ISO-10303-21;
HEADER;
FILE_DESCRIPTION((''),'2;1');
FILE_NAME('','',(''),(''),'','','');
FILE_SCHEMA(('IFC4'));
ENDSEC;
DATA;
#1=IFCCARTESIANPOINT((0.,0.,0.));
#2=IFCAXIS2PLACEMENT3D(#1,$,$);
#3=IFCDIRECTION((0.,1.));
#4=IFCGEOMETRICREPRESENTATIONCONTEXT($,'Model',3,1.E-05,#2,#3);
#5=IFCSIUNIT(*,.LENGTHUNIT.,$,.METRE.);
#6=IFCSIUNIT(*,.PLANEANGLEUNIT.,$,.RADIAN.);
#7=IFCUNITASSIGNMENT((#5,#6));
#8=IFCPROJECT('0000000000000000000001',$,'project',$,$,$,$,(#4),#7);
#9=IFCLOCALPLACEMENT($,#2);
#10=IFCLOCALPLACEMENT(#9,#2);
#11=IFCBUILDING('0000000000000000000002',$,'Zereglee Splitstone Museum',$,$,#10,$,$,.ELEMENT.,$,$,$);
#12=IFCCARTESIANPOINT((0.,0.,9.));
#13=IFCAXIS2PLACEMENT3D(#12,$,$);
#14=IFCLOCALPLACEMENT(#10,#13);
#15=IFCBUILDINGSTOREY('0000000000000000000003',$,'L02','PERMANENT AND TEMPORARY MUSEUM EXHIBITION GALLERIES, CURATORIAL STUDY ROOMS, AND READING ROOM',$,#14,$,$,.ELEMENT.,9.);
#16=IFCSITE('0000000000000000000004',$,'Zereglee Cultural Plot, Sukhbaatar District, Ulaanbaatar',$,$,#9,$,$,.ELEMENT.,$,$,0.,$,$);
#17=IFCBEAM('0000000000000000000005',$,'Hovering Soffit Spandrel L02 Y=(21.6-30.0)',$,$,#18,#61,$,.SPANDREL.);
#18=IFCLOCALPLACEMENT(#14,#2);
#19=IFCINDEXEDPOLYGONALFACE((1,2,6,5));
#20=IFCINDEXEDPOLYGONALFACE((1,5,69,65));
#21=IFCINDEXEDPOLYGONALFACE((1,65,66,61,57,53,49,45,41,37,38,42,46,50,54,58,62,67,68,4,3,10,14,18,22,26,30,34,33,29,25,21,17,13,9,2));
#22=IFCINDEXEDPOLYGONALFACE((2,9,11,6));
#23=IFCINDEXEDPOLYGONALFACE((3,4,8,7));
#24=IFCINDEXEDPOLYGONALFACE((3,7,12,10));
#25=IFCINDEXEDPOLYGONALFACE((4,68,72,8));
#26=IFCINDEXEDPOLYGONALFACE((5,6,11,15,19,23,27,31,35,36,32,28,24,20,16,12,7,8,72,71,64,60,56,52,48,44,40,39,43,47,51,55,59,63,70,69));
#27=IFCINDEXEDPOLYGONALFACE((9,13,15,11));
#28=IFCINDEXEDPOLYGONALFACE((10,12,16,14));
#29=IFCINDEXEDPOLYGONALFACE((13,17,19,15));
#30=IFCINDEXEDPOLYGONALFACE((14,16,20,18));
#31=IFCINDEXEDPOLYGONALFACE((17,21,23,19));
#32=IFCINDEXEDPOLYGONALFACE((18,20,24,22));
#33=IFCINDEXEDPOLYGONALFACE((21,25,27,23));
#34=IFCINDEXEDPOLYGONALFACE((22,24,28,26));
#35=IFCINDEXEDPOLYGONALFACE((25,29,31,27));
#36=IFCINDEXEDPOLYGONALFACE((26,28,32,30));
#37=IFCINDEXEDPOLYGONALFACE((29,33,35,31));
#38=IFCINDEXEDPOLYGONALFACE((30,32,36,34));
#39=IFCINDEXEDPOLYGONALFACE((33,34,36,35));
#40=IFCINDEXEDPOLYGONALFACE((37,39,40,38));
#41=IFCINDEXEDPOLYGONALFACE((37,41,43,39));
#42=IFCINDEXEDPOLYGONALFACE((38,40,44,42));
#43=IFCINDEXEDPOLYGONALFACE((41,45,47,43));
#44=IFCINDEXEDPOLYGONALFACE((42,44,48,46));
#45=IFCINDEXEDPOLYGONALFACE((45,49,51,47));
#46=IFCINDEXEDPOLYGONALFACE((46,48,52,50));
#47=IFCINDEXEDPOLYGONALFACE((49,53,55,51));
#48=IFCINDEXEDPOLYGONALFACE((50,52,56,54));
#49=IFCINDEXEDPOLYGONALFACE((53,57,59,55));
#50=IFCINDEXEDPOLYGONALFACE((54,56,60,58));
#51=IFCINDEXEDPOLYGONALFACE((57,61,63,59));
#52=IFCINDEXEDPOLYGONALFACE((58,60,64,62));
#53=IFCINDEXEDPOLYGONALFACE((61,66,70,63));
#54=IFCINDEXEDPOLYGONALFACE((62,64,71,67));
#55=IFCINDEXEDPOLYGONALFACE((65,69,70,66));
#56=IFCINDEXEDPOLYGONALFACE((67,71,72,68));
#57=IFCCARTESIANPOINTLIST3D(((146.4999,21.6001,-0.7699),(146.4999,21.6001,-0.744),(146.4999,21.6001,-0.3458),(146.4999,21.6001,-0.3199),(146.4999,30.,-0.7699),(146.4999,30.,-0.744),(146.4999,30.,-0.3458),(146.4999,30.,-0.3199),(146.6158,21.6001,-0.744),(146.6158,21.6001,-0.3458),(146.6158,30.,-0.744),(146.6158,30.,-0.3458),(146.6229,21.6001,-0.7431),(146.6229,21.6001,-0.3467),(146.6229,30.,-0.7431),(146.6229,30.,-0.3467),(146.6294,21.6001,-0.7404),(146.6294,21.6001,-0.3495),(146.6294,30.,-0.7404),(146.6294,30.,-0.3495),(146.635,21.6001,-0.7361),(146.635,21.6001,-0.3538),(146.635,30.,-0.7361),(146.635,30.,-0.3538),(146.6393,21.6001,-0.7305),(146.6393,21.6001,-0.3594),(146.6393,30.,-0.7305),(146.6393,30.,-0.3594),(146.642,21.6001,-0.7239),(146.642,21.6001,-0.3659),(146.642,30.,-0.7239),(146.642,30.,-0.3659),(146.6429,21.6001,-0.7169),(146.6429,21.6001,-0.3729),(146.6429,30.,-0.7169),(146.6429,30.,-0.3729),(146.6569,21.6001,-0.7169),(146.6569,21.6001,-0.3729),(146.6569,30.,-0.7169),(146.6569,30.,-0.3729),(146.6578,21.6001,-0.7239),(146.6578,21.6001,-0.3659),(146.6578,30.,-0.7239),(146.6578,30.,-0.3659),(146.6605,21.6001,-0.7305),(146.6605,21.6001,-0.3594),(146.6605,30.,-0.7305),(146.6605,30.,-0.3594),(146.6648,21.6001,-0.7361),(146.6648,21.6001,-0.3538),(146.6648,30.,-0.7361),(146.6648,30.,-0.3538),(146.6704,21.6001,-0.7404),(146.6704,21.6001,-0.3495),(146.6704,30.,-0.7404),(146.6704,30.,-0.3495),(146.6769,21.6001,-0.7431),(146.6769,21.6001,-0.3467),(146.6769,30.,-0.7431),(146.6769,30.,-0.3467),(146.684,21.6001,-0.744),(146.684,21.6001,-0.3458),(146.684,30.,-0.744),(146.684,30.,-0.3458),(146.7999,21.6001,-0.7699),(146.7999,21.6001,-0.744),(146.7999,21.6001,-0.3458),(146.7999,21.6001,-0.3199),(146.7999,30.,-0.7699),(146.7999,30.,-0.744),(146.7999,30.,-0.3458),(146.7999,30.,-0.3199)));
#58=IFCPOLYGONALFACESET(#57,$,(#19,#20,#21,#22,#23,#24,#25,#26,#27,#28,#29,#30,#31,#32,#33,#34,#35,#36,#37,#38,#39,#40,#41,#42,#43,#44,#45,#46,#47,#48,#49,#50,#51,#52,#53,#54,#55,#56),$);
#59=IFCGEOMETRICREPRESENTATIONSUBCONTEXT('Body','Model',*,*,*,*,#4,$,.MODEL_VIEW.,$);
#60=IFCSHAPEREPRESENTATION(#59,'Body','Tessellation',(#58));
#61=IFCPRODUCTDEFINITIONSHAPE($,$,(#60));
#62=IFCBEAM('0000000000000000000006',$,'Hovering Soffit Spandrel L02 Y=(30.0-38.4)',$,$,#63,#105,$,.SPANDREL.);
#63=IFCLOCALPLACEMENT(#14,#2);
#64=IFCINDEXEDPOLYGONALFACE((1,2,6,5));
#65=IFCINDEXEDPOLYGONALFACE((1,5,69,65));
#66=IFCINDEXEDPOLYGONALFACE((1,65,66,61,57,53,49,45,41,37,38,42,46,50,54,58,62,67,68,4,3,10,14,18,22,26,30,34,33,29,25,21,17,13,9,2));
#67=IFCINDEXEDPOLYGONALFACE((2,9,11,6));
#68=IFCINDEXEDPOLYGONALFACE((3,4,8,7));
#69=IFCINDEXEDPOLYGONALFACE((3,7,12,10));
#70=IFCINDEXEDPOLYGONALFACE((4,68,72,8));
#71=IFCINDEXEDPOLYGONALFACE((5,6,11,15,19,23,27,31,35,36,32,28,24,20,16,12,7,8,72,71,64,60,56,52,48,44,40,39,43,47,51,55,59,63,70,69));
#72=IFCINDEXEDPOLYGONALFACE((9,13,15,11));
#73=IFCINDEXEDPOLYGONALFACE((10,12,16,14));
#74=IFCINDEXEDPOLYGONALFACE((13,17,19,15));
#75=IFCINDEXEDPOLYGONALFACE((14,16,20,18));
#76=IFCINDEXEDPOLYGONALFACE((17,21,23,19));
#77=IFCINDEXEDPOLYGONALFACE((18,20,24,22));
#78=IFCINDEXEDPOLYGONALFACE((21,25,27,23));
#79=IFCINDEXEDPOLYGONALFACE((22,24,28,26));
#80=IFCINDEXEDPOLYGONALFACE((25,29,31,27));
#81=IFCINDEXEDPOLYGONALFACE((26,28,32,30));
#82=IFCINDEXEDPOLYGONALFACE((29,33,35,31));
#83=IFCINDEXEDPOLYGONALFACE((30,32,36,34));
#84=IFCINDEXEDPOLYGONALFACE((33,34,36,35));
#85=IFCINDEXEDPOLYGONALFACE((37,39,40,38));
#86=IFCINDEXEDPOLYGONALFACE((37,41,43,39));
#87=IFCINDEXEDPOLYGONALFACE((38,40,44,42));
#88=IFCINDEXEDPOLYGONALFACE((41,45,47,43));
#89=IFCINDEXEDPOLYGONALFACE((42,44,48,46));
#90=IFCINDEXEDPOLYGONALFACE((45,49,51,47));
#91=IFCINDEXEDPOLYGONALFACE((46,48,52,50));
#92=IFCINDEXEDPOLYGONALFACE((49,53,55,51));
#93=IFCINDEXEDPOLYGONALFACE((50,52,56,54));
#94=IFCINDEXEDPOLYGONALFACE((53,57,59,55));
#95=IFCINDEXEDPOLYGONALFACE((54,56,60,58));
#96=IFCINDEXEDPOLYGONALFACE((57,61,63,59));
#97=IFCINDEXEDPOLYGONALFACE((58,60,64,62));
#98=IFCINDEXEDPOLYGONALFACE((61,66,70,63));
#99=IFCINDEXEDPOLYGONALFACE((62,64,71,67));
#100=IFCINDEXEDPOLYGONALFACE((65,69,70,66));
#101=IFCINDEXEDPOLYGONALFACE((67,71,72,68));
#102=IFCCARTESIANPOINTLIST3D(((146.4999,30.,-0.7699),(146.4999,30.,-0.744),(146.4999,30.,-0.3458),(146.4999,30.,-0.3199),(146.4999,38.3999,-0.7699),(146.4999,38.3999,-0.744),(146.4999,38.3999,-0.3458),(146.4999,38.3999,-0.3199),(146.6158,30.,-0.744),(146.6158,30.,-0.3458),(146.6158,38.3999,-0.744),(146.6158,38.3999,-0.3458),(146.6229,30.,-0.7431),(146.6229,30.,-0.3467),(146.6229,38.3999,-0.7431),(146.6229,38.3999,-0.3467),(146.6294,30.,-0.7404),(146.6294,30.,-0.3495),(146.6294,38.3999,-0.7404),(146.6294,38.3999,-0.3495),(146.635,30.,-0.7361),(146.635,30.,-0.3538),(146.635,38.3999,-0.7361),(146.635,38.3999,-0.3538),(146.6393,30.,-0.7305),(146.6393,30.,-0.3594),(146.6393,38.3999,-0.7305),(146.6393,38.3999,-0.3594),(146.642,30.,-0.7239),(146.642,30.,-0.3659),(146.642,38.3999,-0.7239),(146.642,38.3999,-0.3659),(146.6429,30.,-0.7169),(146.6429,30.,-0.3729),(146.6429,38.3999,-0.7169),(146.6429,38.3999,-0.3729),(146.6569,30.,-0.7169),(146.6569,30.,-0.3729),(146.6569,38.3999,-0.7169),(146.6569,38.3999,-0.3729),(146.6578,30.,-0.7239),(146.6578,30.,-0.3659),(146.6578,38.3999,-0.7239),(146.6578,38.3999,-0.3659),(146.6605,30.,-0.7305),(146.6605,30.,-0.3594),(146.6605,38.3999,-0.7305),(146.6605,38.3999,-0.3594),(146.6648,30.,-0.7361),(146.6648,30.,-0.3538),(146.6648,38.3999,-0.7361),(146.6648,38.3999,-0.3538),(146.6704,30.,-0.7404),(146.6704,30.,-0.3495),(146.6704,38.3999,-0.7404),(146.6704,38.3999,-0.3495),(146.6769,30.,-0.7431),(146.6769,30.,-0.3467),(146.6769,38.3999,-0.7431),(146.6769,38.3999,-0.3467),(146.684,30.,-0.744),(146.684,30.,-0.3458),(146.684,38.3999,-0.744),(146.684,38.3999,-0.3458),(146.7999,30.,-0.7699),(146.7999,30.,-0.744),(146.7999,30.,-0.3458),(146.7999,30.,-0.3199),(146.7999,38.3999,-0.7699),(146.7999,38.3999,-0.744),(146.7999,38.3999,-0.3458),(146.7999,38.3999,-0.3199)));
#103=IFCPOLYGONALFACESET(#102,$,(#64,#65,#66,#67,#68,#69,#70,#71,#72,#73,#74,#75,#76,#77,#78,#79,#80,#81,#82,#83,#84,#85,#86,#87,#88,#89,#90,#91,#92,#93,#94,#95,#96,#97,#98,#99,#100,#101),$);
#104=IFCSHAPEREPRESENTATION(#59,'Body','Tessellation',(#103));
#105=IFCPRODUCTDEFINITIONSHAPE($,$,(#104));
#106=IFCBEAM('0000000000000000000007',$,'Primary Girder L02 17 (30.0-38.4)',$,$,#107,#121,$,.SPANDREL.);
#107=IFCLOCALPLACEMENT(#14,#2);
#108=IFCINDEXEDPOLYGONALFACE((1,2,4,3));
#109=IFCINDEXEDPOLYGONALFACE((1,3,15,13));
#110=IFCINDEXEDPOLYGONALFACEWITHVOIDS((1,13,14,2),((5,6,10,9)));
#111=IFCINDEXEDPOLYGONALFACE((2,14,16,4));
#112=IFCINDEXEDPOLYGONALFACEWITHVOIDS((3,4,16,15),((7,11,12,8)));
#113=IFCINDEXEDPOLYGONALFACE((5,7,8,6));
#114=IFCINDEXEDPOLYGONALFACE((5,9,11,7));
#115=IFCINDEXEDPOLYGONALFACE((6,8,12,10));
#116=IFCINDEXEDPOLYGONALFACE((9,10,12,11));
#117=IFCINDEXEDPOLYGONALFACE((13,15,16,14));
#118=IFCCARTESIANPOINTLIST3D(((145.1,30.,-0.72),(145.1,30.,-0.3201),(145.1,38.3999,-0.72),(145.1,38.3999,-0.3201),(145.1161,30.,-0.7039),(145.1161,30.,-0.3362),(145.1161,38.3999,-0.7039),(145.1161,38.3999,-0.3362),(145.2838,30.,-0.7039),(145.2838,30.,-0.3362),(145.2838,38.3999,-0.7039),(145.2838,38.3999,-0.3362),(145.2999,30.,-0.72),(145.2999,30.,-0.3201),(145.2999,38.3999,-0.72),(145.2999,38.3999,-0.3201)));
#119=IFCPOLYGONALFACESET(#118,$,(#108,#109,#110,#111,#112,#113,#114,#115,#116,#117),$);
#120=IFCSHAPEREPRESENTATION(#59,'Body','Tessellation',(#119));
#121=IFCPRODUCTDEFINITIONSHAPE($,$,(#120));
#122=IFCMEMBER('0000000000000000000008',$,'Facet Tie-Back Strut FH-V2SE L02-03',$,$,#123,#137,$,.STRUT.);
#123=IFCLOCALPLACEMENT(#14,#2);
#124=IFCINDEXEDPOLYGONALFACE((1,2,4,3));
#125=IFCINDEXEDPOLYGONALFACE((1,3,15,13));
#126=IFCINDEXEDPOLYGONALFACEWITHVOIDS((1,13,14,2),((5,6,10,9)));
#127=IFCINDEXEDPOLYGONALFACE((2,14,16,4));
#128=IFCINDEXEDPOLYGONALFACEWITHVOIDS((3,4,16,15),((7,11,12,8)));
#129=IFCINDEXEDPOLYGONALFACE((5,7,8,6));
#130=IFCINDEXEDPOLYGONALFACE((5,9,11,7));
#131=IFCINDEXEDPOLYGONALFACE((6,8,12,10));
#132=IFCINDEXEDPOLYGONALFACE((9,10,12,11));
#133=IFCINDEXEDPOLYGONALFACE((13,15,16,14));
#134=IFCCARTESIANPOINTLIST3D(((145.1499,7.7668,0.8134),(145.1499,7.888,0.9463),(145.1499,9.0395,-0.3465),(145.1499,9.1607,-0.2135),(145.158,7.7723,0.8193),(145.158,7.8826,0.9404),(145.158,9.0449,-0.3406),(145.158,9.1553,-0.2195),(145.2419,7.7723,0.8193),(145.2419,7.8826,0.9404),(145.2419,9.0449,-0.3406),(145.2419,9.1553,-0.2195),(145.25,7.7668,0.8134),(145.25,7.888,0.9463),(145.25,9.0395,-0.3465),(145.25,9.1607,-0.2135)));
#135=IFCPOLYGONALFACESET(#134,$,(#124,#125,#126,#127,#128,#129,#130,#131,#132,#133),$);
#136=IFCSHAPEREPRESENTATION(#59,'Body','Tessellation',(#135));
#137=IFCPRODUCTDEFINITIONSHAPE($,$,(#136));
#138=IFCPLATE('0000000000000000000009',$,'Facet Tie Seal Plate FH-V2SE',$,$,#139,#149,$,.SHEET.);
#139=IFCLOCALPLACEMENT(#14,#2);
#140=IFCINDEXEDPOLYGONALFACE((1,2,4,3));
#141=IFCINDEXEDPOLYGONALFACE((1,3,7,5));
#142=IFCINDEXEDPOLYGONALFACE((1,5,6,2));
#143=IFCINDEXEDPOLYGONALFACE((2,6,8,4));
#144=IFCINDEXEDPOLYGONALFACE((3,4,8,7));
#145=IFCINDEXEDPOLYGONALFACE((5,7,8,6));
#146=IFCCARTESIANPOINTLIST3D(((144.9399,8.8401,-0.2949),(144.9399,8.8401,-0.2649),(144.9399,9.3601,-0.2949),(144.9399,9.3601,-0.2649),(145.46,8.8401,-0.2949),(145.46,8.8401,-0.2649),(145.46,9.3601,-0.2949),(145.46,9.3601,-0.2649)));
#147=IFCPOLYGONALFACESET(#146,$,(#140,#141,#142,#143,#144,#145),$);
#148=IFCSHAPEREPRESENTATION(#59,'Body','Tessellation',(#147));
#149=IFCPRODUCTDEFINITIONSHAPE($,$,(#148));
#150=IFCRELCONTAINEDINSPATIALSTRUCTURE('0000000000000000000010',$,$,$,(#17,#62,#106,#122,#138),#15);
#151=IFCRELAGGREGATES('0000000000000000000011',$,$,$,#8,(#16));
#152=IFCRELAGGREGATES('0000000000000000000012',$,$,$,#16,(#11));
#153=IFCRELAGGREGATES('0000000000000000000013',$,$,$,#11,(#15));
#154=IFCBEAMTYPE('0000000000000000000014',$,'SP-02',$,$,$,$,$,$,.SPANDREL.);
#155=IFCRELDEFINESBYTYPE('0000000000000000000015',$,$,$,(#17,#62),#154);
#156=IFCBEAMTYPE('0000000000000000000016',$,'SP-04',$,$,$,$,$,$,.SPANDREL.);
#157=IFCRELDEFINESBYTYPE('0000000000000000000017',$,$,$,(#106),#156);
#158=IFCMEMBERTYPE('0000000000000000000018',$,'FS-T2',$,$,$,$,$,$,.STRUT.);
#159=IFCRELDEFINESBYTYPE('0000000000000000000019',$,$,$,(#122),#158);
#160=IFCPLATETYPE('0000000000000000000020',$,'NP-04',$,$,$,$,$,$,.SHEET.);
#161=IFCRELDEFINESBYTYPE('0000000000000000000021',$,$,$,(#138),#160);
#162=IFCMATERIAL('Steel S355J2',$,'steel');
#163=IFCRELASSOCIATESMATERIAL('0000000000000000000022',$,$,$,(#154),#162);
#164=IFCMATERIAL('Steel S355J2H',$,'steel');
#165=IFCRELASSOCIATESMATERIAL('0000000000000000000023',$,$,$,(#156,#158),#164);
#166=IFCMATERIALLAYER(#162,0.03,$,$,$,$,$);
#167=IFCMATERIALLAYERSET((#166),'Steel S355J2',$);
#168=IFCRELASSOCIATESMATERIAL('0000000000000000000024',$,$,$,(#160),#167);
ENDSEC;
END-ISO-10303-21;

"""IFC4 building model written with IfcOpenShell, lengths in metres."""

from ifc_helpers import new_model, si_unit, direction, frame, origin, origin_2d, place, context, subcontext, project, spatial, rectangle, hollow_rectangle, i_section, extrude, material, layer, layer_set, material_profile, profile_set, type_object, element, save


model = new_model("IFC4")

# Units and contexts
model_context = context("Model", 3, precision=1e-05, world=origin(), true_north=direction((0.0, 1.0)))
body_context = subcontext(model_context, "Body", "Model", "MODEL_VIEW")
ifc_project = project(units=[si_unit("LENGTHUNIT", "METRE"), si_unit("PLANEANGLEUNIT", "RADIAN")], contexts=[model_context])

# Site, building, storey
site_placement = place(None, origin())
site = spatial("IfcSite", under=ifc_project, at=site_placement, Name="Zereglee Cultural Plot, Sukhbaatar District, Ulaanbaatar", CompositionType="ELEMENT", RefElevation=0.0)
building_placement = place(site_placement, origin())
building = spatial("IfcBuilding", under=site, at=building_placement, Name="Zereglee Splitstone Museum", CompositionType="ELEMENT")
storey_placement = place(building_placement, frame((0.0, 0.0, 9.0)))
storey = spatial("IfcBuildingStorey", under=building, at=storey_placement, Name="L02", Description="PERMANENT AND TEMPORARY MUSEUM EXHIBITION GALLERIES, CURATORIAL STUDY ROOMS, AND READING ROOM", CompositionType="ELEMENT", Elevation=9.0)

# Shared definitions
ifc_material_1 = material(Name="Steel S355J2H", Category="steel")

# Beams
ifc_material_2 = material(Name="Steel S355J2", Category="steel")
ifc_material_profile_1 = material_profile(ifc_material_2, i_section(OverallWidth=0.3, OverallDepth=0.45, WebThickness=0.0139, FlangeThickness=0.0259, FilletRadius=0.0271, at=origin_2d()), Name="HE 450 B")
ifc_profile_set_1 = profile_set([ifc_material_profile_1], Name="Steel S355J2")
beam_type_1 = type_object("IfcBeamType", Name="SP-02", PredefinedType="SPANDREL", material=ifc_profile_set_1)
for number, where, z_axis, x_axis, name in (
    (1, (146.6499, 21.6001, -0.5449), (0.0, 1.0, 0.0), (-1.0, 0.0, 0.0), "Hovering Soffit Spandrel L02 Y=(21.6-30.0)"),
    (2, (146.6499, 30.0, -0.5449), (0.0, 1.0, 0.0), (-1.0, 0.0, 0.0), "Hovering Soffit Spandrel L02 Y=(30.0-38.4)"),
):
    element("IfcBeam", number, at=place(storey_placement, frame(where, z_axis=z_axis, x_axis=x_axis)), inside=storey, type_object=beam_type_1, Name=name, PredefinedType="SPANDREL", context=body_context, shape_type="SweptSolid", body=[
        extrude(i_section(OverallWidth=0.3, OverallDepth=0.45, WebThickness=0.0139, FlangeThickness=0.0259, FilletRadius=0.0271, at=origin_2d()), origin(), (0.0, 0.0, 1.0), 8.3999),
    ])
ifc_material_profile_2 = material_profile(ifc_material_1, hollow_rectangle(XDim=0.2, YDim=0.3999, WallThickness=0.0161, at=origin_2d()), Name="RHS 400x200x16")
ifc_profile_set_2 = profile_set([ifc_material_profile_2], Name="Steel S355J2H")
beam_type_2 = type_object("IfcBeamType", Name="SP-04", PredefinedType="SPANDREL", material=ifc_profile_set_2)
beam_1_placement = place(storey_placement, frame((145.2, 30.0, -0.52), z_axis=(0.0, 1.0, 0.0), x_axis=(-1.0, 0.0, 0.0)))
element("IfcBeam", 3, at=beam_1_placement, inside=storey, type_object=beam_type_2, Name="Primary Girder L02 17 (30.0-38.4)", PredefinedType="SPANDREL", context=body_context, shape_type="SweptSolid", body=[
    extrude(hollow_rectangle(XDim=0.2, YDim=0.3999, WallThickness=0.0161, at=origin_2d()), origin(), (0.0, 0.0, 1.0), 8.3999),
])

# Member
ifc_material_profile_3 = material_profile(ifc_material_1, hollow_rectangle(XDim=0.1001, YDim=0.1799, WallThickness=0.0081, at=origin_2d()), Name="RHS 180x100x8")
ifc_profile_set_3 = profile_set([ifc_material_profile_3], Name="Steel S355J2H")
member_type = type_object("IfcMemberType", Name="FS-T2", PredefinedType="STRUT", material=ifc_profile_set_3)
member_placement = place(storey_placement, frame((145.2, 9.1001, -0.28), z_axis=(0.0, -0.739099, 0.673597), x_axis=(1.0, 0.0, 0.0)))
element("IfcMember", 4, at=member_placement, inside=storey, type_object=member_type, Name="Facet Tie-Back Strut FH-V2SE L02-03", PredefinedType="STRUT", context=body_context, shape_type="SweptSolid", body=[
    extrude(hollow_rectangle(XDim=0.1001, YDim=0.1799, WallThickness=0.0081, at=origin_2d()), origin(), (0.0, 0.0, 1.0), 1.7219),
])

# Plate
ifc_layer_1 = layer(ifc_material_2, 0.03)
ifc_layer_set_1 = layer_set([ifc_layer_1], Name="Steel S355J2")
plate_type = type_object("IfcPlateType", Name="NP-04", PredefinedType="SHEET", material=ifc_layer_set_1)
plate_placement = place(storey_placement, frame((145.2, 9.1001, -0.2949), z_axis=(0.0, 0.0, 1.0), x_axis=(1.0, 0.0, 0.0)))
element("IfcPlate", 5, at=plate_placement, inside=storey, type_object=plate_type, Name="Facet Tie Seal Plate FH-V2SE", PredefinedType="SHEET", context=body_context, shape_type="SweptSolid", body=[
    extrude(rectangle(XDim=0.52, YDim=0.52, at=origin_2d()), origin(), (0.0, 0.0, 1.0), 0.03),
])

save(model, "model.ifc")
